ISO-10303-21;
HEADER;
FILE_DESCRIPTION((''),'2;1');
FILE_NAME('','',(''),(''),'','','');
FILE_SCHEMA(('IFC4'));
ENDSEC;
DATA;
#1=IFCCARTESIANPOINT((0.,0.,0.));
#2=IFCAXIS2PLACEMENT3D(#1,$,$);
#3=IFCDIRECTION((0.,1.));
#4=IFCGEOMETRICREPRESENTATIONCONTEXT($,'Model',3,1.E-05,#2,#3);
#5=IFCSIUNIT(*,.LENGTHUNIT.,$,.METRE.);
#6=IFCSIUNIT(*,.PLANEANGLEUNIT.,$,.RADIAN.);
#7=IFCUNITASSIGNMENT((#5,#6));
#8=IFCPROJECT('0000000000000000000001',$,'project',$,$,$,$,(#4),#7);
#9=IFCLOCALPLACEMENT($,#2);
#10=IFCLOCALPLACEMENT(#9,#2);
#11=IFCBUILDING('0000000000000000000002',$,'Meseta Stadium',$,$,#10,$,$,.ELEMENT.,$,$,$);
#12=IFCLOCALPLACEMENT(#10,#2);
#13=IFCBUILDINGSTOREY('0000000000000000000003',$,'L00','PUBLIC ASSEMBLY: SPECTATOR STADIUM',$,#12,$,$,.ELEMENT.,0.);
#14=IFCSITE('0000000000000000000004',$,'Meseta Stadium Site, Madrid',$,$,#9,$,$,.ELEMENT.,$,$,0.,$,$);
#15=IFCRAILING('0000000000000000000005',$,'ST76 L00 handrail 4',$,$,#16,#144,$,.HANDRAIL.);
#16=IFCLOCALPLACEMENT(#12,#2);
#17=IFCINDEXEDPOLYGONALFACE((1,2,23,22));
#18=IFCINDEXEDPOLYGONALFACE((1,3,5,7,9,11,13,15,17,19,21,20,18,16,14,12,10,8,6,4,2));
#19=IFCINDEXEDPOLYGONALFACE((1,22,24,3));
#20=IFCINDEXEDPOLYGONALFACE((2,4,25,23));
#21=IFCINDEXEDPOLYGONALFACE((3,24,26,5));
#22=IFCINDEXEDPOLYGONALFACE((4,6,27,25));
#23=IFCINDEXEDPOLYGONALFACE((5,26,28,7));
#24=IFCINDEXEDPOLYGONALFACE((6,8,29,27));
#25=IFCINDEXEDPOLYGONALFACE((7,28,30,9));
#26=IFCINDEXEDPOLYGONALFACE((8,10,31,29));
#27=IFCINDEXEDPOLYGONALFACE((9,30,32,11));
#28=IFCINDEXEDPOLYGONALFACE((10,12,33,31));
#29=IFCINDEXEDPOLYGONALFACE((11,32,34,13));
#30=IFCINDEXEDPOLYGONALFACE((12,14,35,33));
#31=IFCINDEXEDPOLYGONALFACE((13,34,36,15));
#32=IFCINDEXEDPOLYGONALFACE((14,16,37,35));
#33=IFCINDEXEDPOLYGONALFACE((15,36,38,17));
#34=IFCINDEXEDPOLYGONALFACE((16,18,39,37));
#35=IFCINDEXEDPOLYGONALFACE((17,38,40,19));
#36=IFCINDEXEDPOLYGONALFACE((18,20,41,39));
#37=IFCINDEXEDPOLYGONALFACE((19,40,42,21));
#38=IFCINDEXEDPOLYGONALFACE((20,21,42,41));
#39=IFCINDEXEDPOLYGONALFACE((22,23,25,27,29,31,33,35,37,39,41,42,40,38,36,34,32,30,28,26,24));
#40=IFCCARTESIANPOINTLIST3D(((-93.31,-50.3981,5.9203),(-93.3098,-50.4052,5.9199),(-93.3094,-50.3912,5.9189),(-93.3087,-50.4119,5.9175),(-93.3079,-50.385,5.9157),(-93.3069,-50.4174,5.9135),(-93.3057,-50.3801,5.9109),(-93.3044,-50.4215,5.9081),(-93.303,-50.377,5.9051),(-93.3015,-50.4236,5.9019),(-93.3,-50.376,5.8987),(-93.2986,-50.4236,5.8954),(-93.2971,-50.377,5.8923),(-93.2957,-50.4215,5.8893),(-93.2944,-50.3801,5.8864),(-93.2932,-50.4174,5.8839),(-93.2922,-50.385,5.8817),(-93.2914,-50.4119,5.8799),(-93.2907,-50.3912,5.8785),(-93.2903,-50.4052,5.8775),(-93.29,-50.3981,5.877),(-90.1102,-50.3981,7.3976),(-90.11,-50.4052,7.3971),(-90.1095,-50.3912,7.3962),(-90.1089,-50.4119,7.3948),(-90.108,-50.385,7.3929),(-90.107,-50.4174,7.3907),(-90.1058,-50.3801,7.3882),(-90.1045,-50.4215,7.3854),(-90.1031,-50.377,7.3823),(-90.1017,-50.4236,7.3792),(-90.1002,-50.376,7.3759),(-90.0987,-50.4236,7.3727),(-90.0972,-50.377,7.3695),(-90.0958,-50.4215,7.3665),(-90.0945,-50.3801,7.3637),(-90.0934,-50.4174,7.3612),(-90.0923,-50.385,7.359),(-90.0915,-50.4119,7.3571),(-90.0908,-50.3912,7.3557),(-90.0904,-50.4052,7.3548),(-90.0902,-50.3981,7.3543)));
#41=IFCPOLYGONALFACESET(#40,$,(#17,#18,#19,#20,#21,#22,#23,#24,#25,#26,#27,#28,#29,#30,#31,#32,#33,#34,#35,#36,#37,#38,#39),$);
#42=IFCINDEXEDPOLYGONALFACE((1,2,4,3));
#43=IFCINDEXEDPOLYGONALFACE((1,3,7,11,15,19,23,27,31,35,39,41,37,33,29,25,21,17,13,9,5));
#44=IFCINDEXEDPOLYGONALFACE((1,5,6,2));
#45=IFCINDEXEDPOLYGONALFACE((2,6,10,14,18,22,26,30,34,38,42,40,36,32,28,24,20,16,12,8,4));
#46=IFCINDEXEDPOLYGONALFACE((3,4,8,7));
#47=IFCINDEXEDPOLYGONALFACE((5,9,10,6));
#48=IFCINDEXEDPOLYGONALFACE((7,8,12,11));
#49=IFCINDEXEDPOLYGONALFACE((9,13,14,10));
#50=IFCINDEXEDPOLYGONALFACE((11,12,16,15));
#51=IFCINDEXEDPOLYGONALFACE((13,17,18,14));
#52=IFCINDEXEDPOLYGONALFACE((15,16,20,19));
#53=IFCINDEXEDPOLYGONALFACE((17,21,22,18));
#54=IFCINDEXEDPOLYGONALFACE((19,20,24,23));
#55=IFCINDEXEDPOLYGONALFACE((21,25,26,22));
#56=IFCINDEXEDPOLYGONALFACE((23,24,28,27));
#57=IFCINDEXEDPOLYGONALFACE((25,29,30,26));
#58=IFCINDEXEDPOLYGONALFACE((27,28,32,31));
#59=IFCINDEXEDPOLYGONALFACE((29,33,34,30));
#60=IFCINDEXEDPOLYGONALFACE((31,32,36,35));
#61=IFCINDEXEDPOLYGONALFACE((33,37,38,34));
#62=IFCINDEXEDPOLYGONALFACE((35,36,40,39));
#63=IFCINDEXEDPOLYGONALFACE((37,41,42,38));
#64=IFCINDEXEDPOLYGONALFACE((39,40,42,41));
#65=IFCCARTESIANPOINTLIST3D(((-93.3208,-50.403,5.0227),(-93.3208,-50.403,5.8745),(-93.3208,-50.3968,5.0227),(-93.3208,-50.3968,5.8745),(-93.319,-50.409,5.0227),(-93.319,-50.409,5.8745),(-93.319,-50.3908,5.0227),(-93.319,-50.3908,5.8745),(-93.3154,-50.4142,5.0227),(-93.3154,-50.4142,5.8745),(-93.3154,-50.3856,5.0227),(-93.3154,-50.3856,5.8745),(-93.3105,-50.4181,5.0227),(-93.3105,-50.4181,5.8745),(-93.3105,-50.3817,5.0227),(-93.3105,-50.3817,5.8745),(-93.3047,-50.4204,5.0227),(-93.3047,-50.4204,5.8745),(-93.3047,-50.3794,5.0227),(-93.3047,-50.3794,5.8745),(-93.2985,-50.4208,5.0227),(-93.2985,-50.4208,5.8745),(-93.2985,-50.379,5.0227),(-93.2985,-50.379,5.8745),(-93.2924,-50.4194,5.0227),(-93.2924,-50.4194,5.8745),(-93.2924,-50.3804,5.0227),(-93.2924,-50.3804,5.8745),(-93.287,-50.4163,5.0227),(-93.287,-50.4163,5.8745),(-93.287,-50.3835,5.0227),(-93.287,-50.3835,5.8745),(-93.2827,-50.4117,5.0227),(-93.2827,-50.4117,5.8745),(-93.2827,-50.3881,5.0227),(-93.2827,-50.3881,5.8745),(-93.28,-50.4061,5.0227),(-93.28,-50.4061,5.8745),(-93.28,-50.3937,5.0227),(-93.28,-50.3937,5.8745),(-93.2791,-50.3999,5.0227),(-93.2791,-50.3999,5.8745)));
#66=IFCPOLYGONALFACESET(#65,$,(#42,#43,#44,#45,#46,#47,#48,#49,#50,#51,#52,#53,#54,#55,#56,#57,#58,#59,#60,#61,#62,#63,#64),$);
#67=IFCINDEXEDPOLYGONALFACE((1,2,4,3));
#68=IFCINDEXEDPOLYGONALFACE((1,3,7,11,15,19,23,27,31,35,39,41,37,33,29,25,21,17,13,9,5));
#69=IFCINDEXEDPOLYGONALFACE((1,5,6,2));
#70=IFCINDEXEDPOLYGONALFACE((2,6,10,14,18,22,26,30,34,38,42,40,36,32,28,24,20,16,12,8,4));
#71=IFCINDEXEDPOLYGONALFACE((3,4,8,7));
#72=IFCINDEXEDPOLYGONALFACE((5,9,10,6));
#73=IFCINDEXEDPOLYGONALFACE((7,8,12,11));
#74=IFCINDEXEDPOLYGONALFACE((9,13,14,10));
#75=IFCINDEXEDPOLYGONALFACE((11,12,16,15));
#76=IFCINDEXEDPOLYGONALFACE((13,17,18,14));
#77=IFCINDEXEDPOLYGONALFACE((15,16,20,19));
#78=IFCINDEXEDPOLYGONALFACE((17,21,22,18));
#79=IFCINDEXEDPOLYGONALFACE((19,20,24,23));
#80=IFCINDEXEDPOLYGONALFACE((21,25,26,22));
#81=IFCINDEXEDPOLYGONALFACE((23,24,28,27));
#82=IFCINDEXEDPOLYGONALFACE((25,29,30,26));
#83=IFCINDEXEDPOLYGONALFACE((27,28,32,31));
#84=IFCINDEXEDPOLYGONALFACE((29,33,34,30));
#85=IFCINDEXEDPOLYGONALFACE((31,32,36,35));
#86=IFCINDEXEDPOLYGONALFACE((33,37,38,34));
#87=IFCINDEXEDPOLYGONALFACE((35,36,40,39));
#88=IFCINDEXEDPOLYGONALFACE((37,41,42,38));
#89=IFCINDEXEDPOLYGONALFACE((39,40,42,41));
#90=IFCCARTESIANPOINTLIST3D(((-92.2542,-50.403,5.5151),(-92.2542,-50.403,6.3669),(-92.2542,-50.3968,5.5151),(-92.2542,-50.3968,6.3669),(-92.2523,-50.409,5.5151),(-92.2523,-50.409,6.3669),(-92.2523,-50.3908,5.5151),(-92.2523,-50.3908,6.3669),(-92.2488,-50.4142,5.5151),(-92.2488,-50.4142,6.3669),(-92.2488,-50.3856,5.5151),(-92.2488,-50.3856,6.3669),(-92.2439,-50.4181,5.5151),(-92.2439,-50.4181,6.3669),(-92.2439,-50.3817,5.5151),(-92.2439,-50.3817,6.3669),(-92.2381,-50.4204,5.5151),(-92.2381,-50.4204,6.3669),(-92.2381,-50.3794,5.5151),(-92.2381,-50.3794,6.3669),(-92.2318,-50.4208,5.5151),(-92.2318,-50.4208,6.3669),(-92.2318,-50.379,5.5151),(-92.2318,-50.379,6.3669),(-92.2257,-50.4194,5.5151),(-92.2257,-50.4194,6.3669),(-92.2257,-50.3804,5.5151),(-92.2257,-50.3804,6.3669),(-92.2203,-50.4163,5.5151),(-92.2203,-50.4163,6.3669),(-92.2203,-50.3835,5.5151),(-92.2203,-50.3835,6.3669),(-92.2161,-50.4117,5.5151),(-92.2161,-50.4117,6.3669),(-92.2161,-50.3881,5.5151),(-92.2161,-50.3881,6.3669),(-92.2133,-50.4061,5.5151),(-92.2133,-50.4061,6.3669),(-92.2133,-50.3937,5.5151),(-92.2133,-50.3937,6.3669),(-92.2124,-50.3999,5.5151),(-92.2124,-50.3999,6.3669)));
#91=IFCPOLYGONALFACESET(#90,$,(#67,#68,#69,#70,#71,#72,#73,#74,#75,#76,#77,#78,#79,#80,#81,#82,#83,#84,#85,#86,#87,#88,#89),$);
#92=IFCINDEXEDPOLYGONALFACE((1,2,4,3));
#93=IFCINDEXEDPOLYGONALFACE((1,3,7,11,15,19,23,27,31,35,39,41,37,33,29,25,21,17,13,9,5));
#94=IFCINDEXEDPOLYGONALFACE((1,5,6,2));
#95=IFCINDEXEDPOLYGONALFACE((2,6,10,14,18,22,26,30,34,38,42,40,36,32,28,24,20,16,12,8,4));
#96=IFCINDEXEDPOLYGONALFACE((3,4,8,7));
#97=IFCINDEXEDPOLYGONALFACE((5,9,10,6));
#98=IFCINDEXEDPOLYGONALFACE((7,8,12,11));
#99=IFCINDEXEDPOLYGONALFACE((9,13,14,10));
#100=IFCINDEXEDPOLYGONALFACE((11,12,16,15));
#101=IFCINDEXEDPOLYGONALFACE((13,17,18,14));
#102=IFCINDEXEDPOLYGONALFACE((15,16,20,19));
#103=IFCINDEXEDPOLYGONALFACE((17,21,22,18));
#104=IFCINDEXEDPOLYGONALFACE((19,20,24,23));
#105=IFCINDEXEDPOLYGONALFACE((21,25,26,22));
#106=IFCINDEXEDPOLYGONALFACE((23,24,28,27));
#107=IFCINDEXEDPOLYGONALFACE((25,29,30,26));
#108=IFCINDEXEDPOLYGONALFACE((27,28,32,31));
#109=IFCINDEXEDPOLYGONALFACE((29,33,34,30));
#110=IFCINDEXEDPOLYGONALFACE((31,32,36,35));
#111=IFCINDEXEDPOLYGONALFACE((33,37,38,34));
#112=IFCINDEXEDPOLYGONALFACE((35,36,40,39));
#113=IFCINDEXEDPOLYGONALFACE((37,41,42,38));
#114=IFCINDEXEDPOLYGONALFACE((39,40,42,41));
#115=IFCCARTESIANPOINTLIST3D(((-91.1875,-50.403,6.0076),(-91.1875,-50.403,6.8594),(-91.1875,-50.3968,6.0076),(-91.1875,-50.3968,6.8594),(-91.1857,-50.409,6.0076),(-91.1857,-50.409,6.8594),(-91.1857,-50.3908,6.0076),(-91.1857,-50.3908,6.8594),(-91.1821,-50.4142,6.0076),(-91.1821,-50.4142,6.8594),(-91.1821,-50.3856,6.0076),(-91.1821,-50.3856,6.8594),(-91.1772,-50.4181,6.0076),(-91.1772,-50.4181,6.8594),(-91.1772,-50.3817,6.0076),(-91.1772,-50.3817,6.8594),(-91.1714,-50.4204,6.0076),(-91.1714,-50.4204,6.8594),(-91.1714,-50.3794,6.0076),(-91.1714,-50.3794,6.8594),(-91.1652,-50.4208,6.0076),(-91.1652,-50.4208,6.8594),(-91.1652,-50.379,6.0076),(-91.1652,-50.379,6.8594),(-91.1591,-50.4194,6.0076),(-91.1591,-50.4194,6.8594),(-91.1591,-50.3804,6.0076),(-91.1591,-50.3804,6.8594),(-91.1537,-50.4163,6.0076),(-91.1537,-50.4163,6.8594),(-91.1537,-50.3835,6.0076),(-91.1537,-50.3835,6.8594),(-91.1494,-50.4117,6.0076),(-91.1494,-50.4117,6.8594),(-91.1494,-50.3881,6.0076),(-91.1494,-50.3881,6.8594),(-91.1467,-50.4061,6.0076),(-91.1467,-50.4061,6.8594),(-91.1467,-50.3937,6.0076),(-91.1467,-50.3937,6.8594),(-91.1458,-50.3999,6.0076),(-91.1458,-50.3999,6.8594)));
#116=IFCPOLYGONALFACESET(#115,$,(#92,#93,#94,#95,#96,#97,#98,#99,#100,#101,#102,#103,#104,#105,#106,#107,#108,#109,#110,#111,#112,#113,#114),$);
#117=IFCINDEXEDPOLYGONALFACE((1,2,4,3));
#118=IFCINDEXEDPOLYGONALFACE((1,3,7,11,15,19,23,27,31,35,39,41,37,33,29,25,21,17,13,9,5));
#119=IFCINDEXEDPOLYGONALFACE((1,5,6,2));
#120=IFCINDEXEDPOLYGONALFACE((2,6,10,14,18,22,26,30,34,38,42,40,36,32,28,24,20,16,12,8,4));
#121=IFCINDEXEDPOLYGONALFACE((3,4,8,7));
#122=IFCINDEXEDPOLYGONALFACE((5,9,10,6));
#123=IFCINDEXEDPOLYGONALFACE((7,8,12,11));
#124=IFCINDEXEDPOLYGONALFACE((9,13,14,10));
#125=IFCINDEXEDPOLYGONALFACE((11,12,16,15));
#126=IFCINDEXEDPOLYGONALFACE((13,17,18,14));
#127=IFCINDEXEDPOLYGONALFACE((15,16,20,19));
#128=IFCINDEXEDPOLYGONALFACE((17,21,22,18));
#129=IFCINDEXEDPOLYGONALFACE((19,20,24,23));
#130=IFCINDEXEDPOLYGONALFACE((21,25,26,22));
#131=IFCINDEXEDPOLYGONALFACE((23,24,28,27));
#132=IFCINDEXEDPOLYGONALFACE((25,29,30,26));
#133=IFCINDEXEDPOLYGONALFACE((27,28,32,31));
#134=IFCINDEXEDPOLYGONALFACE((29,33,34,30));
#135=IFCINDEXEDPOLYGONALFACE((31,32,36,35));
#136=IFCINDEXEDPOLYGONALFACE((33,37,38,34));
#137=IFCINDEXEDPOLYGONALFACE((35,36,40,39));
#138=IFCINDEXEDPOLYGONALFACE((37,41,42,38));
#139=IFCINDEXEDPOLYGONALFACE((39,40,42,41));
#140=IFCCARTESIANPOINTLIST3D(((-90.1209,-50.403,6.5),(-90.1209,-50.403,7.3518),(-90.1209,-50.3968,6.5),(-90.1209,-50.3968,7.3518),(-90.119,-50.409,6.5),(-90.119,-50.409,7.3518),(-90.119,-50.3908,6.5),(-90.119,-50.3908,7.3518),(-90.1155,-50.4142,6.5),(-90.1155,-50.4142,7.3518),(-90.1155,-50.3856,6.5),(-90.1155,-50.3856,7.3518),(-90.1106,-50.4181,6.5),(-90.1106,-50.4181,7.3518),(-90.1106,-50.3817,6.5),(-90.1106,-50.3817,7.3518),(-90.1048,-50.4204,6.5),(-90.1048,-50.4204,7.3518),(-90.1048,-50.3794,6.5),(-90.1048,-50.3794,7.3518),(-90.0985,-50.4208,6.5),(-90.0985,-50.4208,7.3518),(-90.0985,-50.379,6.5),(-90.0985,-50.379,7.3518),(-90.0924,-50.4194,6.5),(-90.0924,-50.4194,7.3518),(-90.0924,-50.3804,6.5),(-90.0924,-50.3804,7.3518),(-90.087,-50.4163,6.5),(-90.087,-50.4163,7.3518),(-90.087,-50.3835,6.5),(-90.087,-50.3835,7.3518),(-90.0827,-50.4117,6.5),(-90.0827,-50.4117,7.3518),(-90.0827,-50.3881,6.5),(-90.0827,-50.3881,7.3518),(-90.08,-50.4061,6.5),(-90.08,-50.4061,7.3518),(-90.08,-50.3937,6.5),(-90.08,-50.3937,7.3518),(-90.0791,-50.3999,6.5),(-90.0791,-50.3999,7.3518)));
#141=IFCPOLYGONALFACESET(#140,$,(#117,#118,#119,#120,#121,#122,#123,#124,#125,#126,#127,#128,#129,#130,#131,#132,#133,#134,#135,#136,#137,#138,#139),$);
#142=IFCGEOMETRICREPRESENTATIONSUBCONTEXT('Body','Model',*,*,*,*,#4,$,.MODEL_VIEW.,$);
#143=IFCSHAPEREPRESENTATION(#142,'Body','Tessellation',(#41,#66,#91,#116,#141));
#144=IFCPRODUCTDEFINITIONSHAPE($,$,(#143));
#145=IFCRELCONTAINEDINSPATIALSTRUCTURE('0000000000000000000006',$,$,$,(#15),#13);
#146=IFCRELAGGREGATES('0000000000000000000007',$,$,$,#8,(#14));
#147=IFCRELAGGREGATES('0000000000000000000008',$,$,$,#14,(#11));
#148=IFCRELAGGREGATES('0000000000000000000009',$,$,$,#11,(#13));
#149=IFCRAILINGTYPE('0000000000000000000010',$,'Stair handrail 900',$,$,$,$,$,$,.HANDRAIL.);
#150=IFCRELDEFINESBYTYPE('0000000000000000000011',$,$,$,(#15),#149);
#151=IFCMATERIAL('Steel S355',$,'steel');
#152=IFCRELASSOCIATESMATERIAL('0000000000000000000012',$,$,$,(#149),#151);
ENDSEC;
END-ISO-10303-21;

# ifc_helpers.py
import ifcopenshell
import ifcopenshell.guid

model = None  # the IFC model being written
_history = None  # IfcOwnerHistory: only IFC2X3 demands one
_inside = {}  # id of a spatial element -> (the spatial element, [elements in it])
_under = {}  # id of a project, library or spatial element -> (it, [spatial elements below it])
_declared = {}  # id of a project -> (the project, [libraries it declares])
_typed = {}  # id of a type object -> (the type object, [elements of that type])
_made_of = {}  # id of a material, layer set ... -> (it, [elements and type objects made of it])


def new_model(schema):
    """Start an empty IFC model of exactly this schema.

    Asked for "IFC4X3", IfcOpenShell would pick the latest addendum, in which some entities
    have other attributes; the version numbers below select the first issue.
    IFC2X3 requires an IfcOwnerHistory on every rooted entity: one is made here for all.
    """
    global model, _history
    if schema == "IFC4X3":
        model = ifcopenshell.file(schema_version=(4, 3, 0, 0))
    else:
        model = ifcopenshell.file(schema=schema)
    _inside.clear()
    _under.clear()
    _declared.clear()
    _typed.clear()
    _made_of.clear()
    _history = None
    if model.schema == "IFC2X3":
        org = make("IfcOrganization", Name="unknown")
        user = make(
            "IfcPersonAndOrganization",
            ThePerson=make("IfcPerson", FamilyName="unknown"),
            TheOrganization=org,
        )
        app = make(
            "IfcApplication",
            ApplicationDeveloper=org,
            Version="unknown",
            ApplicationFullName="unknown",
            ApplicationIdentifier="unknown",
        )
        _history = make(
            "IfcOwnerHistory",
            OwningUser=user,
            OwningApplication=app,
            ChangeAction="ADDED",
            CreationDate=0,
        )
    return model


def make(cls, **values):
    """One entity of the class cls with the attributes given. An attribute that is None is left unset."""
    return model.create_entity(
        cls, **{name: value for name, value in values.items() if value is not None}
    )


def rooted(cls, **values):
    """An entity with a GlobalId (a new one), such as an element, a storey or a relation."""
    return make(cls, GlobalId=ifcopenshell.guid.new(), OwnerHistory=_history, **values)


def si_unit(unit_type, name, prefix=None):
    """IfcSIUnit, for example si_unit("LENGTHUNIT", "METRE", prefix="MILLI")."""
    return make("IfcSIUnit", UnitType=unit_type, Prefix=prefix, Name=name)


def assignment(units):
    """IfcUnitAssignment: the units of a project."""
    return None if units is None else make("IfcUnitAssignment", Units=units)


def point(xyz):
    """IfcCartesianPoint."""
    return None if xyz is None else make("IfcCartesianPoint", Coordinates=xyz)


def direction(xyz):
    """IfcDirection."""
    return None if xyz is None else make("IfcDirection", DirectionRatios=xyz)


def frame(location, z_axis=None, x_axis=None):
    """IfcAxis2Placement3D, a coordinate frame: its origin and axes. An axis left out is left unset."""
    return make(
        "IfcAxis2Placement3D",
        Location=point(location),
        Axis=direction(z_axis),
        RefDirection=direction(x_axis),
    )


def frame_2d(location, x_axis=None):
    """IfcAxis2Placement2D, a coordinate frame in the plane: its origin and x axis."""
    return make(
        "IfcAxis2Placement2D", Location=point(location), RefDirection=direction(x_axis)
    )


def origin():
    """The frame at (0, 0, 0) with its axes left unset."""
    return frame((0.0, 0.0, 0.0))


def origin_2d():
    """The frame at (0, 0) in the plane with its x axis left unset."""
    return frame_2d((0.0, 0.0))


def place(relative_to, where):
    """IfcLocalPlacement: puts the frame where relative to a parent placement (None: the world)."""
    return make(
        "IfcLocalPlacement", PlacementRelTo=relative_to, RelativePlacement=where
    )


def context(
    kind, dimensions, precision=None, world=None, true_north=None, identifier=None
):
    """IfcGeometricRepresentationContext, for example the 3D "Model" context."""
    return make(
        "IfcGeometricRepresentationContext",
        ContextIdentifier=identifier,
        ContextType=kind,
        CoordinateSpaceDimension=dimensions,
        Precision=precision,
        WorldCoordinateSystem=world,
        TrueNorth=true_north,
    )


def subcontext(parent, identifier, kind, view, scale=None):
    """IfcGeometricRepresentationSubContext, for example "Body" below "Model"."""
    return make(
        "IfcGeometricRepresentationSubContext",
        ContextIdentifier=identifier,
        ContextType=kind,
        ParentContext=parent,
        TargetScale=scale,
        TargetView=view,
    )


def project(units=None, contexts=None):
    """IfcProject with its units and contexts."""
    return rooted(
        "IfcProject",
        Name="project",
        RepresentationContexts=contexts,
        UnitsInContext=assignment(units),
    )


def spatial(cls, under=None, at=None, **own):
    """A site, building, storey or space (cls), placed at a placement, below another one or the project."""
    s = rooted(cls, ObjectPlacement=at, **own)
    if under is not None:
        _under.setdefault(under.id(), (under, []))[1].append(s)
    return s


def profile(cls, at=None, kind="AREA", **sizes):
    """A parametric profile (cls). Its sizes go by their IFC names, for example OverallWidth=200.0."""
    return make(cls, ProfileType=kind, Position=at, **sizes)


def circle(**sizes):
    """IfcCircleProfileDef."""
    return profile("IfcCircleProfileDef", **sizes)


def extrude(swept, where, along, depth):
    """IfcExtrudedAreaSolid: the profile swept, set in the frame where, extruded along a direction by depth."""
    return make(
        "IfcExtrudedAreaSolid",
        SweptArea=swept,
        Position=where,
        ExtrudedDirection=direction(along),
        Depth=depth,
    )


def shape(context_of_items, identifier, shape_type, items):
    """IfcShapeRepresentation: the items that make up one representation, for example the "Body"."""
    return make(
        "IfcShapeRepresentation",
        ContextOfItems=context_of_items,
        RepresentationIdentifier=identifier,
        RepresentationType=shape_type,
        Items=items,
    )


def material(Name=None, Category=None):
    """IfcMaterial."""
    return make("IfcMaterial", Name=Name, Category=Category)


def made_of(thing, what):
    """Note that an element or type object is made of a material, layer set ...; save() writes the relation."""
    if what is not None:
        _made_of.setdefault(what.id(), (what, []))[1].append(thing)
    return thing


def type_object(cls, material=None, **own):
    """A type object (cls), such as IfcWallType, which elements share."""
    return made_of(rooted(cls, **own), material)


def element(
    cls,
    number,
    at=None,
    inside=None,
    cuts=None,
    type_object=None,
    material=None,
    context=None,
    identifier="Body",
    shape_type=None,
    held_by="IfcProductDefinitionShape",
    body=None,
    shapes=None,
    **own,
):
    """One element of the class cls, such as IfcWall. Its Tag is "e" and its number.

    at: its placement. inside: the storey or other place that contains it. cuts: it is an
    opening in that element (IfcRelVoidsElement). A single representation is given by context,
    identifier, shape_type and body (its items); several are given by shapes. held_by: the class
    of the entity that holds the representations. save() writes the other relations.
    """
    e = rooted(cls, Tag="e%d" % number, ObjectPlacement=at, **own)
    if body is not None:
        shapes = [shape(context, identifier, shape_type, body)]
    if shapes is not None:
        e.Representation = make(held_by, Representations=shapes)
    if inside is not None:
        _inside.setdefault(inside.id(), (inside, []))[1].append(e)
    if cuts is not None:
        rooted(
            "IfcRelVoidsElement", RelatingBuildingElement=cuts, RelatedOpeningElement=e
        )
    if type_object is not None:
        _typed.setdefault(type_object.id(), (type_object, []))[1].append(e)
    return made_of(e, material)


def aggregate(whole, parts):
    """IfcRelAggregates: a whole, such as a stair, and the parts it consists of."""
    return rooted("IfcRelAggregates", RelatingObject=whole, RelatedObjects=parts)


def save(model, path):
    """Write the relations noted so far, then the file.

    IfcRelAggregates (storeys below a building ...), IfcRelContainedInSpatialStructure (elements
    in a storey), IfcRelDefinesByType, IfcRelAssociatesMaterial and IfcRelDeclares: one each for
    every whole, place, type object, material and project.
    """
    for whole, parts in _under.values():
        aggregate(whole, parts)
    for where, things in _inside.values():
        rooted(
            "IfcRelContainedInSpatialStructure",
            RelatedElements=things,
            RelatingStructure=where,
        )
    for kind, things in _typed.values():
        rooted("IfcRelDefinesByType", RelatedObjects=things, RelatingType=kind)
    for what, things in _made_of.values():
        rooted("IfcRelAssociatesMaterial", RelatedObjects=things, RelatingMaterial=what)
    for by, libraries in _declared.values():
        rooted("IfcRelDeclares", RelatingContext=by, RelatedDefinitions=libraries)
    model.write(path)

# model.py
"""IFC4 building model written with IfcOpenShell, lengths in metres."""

from ifc_helpers import new_model, si_unit, direction, frame, origin, origin_2d, place, context, subcontext, project, spatial, circle, extrude, material, type_object, element, save


model = new_model("IFC4")

# Units and contexts
model_context = context("Model", 3, precision=1e-05, world=origin(), true_north=direction((0.0, 1.0)))
body_context = subcontext(model_context, "Body", "Model", "MODEL_VIEW")
ifc_project = project(units=[si_unit("LENGTHUNIT", "METRE"), si_unit("PLANEANGLEUNIT", "RADIAN")], contexts=[model_context])

# Site, building, storey
site_placement = place(None, origin())
site = spatial("IfcSite", under=ifc_project, at=site_placement, Name="Meseta Stadium Site, Madrid", CompositionType="ELEMENT", RefElevation=0.0)
building_placement = place(site_placement, origin())
building = spatial("IfcBuilding", under=site, at=building_placement, Name="Meseta Stadium", CompositionType="ELEMENT")
storey_placement = place(building_placement, origin())
storey = spatial("IfcBuildingStorey", under=building, at=storey_placement, Name="L00", Description="PUBLIC ASSEMBLY: SPECTATOR STADIUM", CompositionType="ELEMENT", Elevation=0.0)

# Railing
ifc_material_1 = material(Name="Steel S355", Category="steel")
railing_type_1 = type_object("IfcRailingType", Name="Stair handrail 900", PredefinedType="HANDRAIL", material=ifc_material_1)
for number, where, name in (
    (1, (-93.3, -50.3999, 5.0227), "ST76 L00 handrail 4"),
):
    element("IfcRailing", number, at=place(storey_placement, frame(where)), inside=storey, type_object=railing_type_1, Name=name, PredefinedType="HANDRAIL", context=body_context, shape_type="SweptSolid", body=[
        extrude(circle(Radius=0.0239, at=origin_2d()), frame((0.0, 0.0, 0.876), z_axis=(0.907917, 0.0, 0.41915), x_axis=(0.0, 1.0, 0.0)), (0.0, 0.0, 1.0), 3.5244),
        extrude(circle(Radius=0.021, at=origin_2d()), origin(), (0.0, 0.0, 1.0), 0.8518),
        extrude(circle(Radius=0.021, at=origin_2d()), frame((1.0667, 0.0, 0.4924)), (0.0, 0.0, 1.0), 0.8518),
        extrude(circle(Radius=0.021, at=origin_2d()), frame((2.1333, 0.0, 0.9849)), (0.0, 0.0, 1.0), 0.8518),
        extrude(circle(Radius=0.021, at=origin_2d()), frame((3.2, 0.0, 1.4773)), (0.0, 0.0, 1.0), 0.8518),
    ])

save(model, "model.ifc")
